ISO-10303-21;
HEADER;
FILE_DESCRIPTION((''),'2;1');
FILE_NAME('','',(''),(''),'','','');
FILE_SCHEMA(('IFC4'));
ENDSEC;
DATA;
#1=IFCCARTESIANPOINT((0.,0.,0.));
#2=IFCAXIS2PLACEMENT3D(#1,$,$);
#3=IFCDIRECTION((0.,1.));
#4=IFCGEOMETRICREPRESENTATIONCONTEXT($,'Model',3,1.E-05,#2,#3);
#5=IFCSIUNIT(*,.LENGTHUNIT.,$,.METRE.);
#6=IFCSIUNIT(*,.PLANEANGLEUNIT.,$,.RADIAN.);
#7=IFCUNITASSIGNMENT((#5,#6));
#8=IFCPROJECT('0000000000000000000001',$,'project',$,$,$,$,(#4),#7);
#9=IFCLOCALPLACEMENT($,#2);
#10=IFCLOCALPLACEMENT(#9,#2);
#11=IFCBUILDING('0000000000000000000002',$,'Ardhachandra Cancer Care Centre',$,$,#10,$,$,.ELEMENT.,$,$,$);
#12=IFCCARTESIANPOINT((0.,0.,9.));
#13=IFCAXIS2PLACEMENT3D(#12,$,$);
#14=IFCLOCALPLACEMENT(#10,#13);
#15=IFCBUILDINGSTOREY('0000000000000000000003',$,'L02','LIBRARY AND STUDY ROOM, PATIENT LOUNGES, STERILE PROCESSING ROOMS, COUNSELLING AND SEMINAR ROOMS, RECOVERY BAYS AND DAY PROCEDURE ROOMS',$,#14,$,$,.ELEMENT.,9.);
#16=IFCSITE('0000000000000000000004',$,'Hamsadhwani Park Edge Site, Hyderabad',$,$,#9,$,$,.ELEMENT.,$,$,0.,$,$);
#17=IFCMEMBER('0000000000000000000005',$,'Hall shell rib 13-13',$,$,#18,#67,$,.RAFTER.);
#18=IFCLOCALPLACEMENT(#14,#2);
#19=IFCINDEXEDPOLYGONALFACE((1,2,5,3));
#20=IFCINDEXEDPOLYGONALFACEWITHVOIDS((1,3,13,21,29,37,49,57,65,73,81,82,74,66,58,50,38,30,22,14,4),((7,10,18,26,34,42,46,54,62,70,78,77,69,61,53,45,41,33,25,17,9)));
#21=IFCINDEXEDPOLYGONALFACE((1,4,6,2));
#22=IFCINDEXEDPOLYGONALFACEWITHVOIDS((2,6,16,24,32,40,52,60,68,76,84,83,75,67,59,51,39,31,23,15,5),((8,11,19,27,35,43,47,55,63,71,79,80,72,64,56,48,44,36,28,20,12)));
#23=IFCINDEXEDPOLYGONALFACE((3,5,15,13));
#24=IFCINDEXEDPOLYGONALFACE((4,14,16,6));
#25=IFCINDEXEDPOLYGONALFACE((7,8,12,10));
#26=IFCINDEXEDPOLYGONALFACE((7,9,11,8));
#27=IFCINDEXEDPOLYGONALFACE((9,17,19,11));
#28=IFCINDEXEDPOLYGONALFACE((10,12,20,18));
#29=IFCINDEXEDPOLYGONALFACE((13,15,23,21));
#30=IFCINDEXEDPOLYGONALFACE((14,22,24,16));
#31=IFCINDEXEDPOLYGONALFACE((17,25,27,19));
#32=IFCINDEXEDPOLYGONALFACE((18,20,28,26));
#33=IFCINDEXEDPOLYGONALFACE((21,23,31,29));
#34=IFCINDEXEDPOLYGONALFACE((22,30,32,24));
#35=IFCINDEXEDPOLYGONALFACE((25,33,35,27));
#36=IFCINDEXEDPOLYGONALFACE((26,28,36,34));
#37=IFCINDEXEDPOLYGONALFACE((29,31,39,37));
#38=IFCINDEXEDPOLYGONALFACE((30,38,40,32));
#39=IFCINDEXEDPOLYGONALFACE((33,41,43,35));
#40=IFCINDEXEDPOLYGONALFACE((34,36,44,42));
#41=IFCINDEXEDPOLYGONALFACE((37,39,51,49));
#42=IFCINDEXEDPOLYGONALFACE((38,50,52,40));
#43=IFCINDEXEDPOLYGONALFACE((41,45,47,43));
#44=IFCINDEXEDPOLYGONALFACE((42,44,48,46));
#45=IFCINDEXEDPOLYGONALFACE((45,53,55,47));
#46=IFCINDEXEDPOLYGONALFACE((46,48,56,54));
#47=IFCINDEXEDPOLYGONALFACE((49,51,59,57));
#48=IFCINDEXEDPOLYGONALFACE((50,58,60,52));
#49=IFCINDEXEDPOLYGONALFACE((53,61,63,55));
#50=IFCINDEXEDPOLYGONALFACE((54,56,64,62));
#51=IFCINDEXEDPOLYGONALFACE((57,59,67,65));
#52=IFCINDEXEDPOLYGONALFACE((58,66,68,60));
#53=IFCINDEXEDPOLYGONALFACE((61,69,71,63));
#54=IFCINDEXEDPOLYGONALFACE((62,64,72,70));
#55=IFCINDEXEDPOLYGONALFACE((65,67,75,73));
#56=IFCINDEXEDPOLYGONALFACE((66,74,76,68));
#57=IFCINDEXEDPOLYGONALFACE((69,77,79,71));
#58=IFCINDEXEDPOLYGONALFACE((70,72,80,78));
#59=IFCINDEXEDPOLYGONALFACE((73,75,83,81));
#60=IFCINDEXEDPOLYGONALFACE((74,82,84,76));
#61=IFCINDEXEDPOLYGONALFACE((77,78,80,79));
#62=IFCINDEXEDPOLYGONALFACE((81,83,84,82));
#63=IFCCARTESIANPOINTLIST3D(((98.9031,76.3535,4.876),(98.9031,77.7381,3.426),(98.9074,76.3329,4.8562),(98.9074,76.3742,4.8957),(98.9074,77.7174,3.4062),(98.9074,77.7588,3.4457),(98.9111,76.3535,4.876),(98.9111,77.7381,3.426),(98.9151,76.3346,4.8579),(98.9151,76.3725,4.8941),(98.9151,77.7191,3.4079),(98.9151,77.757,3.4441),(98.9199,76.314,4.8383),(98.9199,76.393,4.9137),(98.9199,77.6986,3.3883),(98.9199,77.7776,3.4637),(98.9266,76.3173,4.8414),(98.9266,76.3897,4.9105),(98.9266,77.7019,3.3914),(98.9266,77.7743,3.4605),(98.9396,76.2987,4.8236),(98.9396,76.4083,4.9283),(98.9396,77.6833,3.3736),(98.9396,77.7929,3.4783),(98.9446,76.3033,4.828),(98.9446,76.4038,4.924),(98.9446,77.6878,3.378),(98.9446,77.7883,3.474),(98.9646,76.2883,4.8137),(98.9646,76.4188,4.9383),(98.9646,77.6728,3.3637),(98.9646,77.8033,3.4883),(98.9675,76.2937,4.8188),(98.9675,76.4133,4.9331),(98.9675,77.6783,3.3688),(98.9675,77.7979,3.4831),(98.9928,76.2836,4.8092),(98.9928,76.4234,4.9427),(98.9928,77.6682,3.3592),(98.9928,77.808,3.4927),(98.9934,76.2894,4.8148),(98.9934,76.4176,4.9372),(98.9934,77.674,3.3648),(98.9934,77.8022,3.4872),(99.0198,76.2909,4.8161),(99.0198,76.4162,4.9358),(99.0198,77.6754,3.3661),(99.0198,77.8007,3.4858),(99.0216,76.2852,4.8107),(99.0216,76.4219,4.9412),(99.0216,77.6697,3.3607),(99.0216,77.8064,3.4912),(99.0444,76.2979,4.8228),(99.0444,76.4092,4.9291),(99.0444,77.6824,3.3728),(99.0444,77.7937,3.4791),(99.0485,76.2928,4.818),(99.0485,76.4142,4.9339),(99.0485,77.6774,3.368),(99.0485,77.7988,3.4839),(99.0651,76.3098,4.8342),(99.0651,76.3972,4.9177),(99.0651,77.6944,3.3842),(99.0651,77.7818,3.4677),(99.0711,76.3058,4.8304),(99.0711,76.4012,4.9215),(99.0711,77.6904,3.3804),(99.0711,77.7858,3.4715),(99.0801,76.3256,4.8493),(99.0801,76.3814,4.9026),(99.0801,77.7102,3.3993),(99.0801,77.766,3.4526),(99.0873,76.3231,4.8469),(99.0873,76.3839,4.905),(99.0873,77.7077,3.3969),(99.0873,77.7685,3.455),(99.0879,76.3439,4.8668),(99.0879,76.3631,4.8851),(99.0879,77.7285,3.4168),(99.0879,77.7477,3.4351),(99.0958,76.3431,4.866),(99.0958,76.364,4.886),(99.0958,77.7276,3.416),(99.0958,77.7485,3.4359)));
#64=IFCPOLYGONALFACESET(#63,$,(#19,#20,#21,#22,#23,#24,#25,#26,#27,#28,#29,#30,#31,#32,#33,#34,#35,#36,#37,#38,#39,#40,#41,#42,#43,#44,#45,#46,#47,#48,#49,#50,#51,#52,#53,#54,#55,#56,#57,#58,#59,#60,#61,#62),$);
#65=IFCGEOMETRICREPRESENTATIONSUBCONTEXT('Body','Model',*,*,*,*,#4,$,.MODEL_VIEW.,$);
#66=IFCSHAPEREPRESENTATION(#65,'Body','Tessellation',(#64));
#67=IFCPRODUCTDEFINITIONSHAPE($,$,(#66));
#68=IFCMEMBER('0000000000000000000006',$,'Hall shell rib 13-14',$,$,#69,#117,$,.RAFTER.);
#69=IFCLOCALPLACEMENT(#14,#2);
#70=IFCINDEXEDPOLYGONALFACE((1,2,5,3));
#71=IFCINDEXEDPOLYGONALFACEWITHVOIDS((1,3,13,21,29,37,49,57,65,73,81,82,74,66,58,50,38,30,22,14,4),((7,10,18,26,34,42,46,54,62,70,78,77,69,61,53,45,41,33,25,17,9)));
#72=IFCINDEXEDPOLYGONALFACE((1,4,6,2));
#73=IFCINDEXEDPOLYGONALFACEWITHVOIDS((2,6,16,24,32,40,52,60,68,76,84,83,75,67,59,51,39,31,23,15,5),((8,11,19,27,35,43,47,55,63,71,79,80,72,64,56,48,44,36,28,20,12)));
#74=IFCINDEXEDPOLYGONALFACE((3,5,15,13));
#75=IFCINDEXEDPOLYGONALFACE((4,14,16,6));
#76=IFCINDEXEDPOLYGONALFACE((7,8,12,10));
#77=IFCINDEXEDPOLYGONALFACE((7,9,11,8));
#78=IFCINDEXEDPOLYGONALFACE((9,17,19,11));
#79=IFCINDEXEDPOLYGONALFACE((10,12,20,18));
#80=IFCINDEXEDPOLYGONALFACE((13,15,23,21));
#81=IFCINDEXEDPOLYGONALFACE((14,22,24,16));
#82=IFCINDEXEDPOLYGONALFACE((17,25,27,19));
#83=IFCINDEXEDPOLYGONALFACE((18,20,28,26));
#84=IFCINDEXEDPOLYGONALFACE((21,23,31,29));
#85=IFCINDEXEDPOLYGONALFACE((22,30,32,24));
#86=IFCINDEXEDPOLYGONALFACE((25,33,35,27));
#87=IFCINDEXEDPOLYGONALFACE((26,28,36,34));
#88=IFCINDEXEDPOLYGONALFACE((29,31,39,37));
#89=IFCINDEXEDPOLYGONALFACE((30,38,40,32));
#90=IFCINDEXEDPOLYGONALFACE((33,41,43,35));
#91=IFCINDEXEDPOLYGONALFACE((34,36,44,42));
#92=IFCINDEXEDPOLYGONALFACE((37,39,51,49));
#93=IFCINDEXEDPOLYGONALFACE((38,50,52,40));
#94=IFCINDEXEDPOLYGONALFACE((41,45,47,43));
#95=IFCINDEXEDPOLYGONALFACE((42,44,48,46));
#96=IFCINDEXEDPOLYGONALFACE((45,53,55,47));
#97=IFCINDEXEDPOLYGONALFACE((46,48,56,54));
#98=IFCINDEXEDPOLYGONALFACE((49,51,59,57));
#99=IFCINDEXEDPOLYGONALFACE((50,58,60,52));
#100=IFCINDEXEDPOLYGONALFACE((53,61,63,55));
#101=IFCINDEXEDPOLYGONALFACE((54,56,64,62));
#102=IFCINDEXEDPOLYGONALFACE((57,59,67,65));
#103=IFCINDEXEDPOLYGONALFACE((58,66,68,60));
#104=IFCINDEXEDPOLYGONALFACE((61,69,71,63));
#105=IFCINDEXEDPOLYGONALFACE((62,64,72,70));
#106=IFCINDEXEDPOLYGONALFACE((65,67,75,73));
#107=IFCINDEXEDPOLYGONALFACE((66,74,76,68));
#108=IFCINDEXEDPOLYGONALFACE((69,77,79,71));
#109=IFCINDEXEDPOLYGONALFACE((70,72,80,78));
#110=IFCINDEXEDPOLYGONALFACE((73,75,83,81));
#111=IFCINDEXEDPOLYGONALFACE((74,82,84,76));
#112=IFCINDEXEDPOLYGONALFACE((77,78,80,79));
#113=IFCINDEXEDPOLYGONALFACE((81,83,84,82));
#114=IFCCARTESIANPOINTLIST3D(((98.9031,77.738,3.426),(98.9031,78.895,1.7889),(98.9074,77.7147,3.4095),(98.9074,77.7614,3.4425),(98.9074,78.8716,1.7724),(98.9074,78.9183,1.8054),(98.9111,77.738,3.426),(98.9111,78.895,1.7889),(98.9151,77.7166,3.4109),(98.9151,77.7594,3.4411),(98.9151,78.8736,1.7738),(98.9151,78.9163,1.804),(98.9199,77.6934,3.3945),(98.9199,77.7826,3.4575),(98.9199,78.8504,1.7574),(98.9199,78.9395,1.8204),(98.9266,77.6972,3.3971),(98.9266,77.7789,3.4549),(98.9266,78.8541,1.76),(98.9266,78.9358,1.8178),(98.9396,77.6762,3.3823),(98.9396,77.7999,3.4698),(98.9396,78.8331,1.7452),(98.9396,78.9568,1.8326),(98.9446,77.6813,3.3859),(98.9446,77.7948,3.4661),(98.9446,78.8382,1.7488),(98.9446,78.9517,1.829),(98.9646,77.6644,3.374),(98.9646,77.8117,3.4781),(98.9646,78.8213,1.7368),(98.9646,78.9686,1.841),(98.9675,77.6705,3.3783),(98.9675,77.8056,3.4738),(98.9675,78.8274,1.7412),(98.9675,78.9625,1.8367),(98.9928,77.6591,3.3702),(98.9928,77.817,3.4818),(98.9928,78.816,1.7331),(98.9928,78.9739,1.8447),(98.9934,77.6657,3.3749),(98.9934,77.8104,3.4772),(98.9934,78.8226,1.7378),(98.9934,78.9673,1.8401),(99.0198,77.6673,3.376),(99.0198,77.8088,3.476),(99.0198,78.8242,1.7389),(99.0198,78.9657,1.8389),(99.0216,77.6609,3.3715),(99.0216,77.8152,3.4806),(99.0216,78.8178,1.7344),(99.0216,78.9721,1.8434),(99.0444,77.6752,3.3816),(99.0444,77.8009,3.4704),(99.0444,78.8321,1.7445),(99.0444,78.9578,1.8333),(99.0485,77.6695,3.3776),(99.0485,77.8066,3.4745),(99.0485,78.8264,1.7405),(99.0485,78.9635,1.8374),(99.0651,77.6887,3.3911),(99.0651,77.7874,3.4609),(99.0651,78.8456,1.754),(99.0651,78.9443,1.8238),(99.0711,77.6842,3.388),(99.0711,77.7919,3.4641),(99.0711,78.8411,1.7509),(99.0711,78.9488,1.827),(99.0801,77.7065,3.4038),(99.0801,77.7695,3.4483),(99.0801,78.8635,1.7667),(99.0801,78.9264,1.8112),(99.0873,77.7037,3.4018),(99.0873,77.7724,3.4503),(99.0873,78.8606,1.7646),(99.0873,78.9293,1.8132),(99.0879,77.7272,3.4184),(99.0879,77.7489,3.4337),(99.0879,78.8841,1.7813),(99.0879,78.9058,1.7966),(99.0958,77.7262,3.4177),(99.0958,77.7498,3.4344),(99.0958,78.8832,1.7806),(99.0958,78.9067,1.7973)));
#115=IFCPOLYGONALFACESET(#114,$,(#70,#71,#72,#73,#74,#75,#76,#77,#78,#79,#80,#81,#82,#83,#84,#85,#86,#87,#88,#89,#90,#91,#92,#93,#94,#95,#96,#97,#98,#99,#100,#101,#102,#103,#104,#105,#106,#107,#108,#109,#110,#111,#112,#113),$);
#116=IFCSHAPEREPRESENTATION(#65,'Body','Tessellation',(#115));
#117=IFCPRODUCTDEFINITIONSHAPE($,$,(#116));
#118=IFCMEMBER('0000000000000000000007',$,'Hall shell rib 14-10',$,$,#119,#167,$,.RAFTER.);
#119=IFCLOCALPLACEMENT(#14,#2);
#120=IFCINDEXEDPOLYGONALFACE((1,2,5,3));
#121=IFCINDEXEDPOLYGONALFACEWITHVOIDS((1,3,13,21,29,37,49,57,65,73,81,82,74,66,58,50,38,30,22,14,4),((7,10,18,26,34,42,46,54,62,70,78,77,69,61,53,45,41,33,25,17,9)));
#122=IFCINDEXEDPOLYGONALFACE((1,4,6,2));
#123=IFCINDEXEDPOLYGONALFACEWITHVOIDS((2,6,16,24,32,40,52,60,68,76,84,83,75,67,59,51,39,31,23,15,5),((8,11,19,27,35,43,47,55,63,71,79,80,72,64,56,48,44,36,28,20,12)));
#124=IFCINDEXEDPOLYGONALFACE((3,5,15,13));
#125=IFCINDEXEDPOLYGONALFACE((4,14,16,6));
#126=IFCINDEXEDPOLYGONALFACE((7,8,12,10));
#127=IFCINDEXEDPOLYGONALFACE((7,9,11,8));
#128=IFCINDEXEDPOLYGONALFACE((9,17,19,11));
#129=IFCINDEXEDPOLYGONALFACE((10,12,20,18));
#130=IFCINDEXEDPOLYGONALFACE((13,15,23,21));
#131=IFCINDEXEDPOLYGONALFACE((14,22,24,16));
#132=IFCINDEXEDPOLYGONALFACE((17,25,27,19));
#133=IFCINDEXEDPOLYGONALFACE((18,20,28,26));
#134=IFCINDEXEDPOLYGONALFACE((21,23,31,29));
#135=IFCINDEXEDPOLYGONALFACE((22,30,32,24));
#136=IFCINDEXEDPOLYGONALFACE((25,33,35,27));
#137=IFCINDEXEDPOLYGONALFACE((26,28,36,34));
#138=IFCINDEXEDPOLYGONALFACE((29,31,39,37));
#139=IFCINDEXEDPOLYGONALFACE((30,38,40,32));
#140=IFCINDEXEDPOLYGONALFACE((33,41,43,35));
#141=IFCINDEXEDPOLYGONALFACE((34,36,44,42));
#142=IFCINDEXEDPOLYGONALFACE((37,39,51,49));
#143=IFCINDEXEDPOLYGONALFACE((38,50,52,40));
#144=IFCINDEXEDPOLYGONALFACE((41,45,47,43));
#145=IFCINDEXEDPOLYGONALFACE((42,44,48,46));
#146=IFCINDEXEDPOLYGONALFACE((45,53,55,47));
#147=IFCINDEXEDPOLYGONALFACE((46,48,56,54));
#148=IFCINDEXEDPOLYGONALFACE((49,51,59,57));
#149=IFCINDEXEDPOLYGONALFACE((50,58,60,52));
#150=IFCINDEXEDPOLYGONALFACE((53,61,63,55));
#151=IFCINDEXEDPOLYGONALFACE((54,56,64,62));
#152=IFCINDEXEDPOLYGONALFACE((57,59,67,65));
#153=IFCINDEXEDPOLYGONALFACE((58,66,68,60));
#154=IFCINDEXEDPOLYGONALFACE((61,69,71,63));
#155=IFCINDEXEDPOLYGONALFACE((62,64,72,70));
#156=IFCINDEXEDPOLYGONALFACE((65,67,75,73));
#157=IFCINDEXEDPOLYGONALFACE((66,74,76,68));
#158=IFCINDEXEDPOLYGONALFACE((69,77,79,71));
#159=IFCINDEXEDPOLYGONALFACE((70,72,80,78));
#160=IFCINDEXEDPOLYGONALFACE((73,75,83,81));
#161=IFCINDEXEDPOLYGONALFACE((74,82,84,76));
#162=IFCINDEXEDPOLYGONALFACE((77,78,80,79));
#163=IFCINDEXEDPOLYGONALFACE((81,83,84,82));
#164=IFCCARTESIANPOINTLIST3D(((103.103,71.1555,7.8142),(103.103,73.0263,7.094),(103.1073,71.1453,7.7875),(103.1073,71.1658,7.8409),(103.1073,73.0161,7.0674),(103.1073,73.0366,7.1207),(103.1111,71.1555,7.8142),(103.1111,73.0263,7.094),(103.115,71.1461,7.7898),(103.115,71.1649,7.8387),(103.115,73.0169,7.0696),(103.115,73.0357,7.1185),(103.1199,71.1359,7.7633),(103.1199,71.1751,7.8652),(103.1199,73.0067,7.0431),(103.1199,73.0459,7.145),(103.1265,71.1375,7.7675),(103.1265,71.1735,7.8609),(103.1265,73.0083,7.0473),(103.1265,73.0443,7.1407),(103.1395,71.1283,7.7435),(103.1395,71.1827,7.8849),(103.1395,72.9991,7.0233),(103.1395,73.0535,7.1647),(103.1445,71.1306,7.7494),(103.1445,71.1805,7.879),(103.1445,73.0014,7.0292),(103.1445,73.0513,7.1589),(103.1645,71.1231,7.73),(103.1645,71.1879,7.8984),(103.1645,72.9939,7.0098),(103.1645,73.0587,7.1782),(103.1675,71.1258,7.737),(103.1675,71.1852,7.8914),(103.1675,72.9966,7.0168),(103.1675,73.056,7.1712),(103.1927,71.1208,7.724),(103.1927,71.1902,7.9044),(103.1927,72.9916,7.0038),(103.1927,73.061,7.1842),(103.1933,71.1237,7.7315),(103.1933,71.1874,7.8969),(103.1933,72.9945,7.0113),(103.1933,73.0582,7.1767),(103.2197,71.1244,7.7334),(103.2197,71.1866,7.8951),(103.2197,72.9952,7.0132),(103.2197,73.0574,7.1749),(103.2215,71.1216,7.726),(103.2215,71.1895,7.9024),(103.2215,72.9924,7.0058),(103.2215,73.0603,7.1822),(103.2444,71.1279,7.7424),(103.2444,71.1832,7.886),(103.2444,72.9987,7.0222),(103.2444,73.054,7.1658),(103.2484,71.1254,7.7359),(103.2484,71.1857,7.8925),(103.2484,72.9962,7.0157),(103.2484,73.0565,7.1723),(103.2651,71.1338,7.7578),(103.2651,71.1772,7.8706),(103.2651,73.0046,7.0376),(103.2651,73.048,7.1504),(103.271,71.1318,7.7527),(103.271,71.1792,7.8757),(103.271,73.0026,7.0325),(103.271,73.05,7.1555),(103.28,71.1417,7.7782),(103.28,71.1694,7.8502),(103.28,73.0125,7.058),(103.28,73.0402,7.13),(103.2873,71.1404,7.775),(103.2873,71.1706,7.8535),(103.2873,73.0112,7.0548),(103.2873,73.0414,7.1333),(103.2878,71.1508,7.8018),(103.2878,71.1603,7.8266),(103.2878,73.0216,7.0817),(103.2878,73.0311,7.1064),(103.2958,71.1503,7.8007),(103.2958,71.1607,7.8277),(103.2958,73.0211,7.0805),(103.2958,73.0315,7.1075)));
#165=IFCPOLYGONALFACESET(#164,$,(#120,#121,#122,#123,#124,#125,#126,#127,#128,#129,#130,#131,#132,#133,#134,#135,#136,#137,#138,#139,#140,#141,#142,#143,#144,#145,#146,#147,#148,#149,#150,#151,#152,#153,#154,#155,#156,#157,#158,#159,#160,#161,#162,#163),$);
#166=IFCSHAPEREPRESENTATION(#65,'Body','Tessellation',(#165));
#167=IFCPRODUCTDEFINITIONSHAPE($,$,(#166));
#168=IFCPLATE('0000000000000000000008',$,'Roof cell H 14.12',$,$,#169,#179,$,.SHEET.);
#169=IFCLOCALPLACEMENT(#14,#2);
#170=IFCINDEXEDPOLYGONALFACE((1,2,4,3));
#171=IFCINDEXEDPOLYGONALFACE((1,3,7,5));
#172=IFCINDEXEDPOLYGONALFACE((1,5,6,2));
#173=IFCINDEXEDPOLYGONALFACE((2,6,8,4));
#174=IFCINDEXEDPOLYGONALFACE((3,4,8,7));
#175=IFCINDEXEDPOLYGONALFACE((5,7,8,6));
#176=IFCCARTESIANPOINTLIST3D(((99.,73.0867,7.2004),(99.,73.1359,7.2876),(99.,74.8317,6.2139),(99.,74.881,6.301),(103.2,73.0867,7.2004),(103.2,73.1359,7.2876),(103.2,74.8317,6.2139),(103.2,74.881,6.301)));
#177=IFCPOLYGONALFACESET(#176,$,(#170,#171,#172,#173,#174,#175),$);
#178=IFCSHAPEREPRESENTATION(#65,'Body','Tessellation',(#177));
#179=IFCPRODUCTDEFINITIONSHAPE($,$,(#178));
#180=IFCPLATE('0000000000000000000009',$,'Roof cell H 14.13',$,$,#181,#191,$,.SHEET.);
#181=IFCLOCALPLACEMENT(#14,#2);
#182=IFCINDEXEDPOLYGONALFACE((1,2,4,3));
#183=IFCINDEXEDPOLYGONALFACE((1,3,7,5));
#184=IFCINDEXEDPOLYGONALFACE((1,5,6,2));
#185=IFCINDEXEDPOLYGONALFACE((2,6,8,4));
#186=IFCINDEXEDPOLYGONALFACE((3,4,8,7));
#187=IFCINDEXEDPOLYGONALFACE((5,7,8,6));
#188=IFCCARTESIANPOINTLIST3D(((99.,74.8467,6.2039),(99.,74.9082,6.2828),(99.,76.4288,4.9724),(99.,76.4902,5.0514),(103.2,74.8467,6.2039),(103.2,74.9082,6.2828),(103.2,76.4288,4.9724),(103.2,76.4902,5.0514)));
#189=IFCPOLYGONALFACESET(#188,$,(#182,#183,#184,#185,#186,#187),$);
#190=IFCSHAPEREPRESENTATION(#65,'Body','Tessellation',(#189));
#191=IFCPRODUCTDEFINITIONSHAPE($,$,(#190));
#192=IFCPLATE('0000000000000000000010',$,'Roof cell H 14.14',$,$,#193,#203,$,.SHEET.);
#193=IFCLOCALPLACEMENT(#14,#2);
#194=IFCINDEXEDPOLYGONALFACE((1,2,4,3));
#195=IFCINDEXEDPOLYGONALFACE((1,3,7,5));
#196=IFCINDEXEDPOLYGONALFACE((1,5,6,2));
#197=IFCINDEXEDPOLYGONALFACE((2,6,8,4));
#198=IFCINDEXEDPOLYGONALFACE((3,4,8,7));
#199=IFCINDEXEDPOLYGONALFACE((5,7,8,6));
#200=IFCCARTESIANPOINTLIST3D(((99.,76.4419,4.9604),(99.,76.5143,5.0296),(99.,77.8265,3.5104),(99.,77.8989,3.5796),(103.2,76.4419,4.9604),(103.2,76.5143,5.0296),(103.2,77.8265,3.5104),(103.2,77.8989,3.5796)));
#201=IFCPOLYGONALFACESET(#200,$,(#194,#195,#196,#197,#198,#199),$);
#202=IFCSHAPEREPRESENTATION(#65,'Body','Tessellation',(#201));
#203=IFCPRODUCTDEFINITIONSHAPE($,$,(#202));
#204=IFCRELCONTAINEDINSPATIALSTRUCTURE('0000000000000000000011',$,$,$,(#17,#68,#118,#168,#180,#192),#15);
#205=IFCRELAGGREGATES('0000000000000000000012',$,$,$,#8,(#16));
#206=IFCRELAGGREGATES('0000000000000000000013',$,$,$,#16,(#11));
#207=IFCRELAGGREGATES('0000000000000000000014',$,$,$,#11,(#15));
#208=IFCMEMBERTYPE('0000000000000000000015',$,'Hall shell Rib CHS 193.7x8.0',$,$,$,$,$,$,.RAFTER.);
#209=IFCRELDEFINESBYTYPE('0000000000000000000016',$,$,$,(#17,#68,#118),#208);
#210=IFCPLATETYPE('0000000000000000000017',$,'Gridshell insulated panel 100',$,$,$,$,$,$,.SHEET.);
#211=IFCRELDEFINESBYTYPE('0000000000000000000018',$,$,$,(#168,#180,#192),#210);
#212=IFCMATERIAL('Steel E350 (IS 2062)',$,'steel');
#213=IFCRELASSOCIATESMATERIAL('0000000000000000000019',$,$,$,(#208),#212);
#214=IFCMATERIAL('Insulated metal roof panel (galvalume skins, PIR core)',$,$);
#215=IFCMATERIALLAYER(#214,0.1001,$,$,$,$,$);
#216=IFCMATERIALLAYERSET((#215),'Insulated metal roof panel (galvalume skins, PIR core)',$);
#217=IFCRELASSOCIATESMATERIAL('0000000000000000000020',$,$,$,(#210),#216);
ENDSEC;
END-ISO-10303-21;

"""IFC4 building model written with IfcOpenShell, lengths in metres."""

from ifc_helpers import new_model, si_unit, direction, frame, origin, origin_2d, place, context, subcontext, project, spatial, polyline, hollow_circle, outline, extrude, material, layer, layer_set, material_profile, profile_set, type_object, element, save


model = new_model("IFC4")

# Units and contexts
model_context = context("Model", 3, precision=1e-05, world=origin(), true_north=direction((0.0, 1.0)))
body_context = subcontext(model_context, "Body", "Model", "MODEL_VIEW")
ifc_project = project(units=[si_unit("LENGTHUNIT", "METRE"), si_unit("PLANEANGLEUNIT", "RADIAN")], contexts=[model_context])

# Site, building, storey
site_placement = place(None, origin())
site = spatial("IfcSite", under=ifc_project, at=site_placement, Name="Hamsadhwani Park Edge Site, Hyderabad", CompositionType="ELEMENT", RefElevation=0.0)
building_placement = place(site_placement, origin())
building = spatial("IfcBuilding", under=site, at=building_placement, Name="Ardhachandra Cancer Care Centre", CompositionType="ELEMENT")
storey_placement = place(building_placement, frame((0.0, 0.0, 9.0)))
storey = spatial("IfcBuildingStorey", under=building, at=storey_placement, Name="L02", Description="LIBRARY AND STUDY ROOM, PATIENT LOUNGES, STERILE PROCESSING ROOMS, COUNSELLING AND SEMINAR ROOMS, RECOVERY BAYS AND DAY PROCEDURE ROOMS", CompositionType="ELEMENT", Elevation=9.0)

# Members
ifc_material_1 = material(Name="Steel E350 (IS 2062)", Category="steel")
ifc_material_profile_1 = material_profile(ifc_material_1, hollow_circle(Radius=0.0969, WallThickness=0.0081, at=origin_2d()), Name="CHS 193.7x8.0")
ifc_profile_set_1 = profile_set([ifc_material_profile_1], Name="Steel E350 (IS 2062)")
member_type_1 = type_object("IfcMemberType", Name="Hall shell Rib CHS 193.7x8.0", PredefinedType="RAFTER", material=ifc_profile_set_1)
member_1_placement = place(storey_placement, frame((99.0, 76.3535, 4.876), z_axis=(0.0, 0.6906, -0.723237), x_axis=(-1.0, 0.0, 0.0)))
element("IfcMember", 1, at=member_1_placement, inside=storey, type_object=member_type_1, Name="Hall shell rib 13-13", PredefinedType="RAFTER", context=body_context, shape_type="SweptSolid", body=[
    extrude(hollow_circle(Radius=0.0969, WallThickness=0.0081, at=origin_2d()), origin(), (0.0, 0.0, 1.0), 2.0049),
])
for number, where, z_axis, x_axis, name in (
    (2, (99.0, 77.738, 3.426), (0.0, 0.577118, -0.816661), (-1.0, 0.0, 0.0), "Hall shell rib 13-14"),
    (3, (103.2, 71.1555, 7.8142), (0.0, 0.933236, -0.359265), (-1.0, 0.0, 0.0), "Hall shell rib 14-10"),
):
    element("IfcMember", number, at=place(storey_placement, frame(where, z_axis=z_axis, x_axis=x_axis)), inside=storey, type_object=member_type_1, Name=name, PredefinedType="RAFTER", context=body_context, shape_type="SweptSolid", body=[
        extrude(hollow_circle(Radius=0.0969, WallThickness=0.0081, at=origin_2d()), origin(), (0.0, 0.0, 1.0), 2.0046),
    ])

# Plates
ifc_material_2 = material(Name="Insulated metal roof panel (galvalume skins, PIR core)")
ifc_layer = layer(ifc_material_2, 0.1001)
ifc_layer_set = layer_set([ifc_layer], Name="Insulated metal roof panel (galvalume skins, PIR core)")
plate_type = type_object("IfcPlateType", Name="Gridshell insulated panel 100", PredefinedType="SHEET", material=ifc_layer_set)
plate_placement = place(storey_placement, frame((99.0, 73.0867, 7.2004), z_axis=(0.0, 0.492134, 0.87052), x_axis=(1.0, 0.0, 0.0)))
element("IfcPlate", 4, at=plate_placement, inside=storey, type_object=plate_type, Name="Roof cell H 14.12", PredefinedType="SHEET", context=body_context, shape_type="SweptSolid", body=[
    extrude(outline(polyline([(0.0, 0.0), (4.2, 0.0), (4.2, 2.0046), (0.0, 2.0046), (0.0, 0.0)])), origin(), (0.0, 0.0, 1.0), 0.1001),
])
for number, where, z_axis, x_axis, name in (
    (5, (99.0, 74.8467, 6.2039), (0.0, 0.614244, 0.789116), (1.0, 0.0, 0.0), "Roof cell H 14.13"),
    (6, (99.0, 76.4419, 4.9604), (0.0, 0.723237, 0.6906), (1.0, 0.0, 0.0), "Roof cell H 14.14"),
):
    element("IfcPlate", number, at=place(storey_placement, frame(where, z_axis=z_axis, x_axis=x_axis)), inside=storey, type_object=plate_type, Name=name, PredefinedType="SHEET", context=body_context, shape_type="SweptSolid", body=[
        extrude(outline(polyline([(0.0, 0.0), (4.2, 0.0), (4.2, 2.0049), (0.0, 2.0049), (0.0, 0.0)])), origin(), (0.0, 0.0, 1.0), 0.1001),
    ])

save(model, "model.ifc")
